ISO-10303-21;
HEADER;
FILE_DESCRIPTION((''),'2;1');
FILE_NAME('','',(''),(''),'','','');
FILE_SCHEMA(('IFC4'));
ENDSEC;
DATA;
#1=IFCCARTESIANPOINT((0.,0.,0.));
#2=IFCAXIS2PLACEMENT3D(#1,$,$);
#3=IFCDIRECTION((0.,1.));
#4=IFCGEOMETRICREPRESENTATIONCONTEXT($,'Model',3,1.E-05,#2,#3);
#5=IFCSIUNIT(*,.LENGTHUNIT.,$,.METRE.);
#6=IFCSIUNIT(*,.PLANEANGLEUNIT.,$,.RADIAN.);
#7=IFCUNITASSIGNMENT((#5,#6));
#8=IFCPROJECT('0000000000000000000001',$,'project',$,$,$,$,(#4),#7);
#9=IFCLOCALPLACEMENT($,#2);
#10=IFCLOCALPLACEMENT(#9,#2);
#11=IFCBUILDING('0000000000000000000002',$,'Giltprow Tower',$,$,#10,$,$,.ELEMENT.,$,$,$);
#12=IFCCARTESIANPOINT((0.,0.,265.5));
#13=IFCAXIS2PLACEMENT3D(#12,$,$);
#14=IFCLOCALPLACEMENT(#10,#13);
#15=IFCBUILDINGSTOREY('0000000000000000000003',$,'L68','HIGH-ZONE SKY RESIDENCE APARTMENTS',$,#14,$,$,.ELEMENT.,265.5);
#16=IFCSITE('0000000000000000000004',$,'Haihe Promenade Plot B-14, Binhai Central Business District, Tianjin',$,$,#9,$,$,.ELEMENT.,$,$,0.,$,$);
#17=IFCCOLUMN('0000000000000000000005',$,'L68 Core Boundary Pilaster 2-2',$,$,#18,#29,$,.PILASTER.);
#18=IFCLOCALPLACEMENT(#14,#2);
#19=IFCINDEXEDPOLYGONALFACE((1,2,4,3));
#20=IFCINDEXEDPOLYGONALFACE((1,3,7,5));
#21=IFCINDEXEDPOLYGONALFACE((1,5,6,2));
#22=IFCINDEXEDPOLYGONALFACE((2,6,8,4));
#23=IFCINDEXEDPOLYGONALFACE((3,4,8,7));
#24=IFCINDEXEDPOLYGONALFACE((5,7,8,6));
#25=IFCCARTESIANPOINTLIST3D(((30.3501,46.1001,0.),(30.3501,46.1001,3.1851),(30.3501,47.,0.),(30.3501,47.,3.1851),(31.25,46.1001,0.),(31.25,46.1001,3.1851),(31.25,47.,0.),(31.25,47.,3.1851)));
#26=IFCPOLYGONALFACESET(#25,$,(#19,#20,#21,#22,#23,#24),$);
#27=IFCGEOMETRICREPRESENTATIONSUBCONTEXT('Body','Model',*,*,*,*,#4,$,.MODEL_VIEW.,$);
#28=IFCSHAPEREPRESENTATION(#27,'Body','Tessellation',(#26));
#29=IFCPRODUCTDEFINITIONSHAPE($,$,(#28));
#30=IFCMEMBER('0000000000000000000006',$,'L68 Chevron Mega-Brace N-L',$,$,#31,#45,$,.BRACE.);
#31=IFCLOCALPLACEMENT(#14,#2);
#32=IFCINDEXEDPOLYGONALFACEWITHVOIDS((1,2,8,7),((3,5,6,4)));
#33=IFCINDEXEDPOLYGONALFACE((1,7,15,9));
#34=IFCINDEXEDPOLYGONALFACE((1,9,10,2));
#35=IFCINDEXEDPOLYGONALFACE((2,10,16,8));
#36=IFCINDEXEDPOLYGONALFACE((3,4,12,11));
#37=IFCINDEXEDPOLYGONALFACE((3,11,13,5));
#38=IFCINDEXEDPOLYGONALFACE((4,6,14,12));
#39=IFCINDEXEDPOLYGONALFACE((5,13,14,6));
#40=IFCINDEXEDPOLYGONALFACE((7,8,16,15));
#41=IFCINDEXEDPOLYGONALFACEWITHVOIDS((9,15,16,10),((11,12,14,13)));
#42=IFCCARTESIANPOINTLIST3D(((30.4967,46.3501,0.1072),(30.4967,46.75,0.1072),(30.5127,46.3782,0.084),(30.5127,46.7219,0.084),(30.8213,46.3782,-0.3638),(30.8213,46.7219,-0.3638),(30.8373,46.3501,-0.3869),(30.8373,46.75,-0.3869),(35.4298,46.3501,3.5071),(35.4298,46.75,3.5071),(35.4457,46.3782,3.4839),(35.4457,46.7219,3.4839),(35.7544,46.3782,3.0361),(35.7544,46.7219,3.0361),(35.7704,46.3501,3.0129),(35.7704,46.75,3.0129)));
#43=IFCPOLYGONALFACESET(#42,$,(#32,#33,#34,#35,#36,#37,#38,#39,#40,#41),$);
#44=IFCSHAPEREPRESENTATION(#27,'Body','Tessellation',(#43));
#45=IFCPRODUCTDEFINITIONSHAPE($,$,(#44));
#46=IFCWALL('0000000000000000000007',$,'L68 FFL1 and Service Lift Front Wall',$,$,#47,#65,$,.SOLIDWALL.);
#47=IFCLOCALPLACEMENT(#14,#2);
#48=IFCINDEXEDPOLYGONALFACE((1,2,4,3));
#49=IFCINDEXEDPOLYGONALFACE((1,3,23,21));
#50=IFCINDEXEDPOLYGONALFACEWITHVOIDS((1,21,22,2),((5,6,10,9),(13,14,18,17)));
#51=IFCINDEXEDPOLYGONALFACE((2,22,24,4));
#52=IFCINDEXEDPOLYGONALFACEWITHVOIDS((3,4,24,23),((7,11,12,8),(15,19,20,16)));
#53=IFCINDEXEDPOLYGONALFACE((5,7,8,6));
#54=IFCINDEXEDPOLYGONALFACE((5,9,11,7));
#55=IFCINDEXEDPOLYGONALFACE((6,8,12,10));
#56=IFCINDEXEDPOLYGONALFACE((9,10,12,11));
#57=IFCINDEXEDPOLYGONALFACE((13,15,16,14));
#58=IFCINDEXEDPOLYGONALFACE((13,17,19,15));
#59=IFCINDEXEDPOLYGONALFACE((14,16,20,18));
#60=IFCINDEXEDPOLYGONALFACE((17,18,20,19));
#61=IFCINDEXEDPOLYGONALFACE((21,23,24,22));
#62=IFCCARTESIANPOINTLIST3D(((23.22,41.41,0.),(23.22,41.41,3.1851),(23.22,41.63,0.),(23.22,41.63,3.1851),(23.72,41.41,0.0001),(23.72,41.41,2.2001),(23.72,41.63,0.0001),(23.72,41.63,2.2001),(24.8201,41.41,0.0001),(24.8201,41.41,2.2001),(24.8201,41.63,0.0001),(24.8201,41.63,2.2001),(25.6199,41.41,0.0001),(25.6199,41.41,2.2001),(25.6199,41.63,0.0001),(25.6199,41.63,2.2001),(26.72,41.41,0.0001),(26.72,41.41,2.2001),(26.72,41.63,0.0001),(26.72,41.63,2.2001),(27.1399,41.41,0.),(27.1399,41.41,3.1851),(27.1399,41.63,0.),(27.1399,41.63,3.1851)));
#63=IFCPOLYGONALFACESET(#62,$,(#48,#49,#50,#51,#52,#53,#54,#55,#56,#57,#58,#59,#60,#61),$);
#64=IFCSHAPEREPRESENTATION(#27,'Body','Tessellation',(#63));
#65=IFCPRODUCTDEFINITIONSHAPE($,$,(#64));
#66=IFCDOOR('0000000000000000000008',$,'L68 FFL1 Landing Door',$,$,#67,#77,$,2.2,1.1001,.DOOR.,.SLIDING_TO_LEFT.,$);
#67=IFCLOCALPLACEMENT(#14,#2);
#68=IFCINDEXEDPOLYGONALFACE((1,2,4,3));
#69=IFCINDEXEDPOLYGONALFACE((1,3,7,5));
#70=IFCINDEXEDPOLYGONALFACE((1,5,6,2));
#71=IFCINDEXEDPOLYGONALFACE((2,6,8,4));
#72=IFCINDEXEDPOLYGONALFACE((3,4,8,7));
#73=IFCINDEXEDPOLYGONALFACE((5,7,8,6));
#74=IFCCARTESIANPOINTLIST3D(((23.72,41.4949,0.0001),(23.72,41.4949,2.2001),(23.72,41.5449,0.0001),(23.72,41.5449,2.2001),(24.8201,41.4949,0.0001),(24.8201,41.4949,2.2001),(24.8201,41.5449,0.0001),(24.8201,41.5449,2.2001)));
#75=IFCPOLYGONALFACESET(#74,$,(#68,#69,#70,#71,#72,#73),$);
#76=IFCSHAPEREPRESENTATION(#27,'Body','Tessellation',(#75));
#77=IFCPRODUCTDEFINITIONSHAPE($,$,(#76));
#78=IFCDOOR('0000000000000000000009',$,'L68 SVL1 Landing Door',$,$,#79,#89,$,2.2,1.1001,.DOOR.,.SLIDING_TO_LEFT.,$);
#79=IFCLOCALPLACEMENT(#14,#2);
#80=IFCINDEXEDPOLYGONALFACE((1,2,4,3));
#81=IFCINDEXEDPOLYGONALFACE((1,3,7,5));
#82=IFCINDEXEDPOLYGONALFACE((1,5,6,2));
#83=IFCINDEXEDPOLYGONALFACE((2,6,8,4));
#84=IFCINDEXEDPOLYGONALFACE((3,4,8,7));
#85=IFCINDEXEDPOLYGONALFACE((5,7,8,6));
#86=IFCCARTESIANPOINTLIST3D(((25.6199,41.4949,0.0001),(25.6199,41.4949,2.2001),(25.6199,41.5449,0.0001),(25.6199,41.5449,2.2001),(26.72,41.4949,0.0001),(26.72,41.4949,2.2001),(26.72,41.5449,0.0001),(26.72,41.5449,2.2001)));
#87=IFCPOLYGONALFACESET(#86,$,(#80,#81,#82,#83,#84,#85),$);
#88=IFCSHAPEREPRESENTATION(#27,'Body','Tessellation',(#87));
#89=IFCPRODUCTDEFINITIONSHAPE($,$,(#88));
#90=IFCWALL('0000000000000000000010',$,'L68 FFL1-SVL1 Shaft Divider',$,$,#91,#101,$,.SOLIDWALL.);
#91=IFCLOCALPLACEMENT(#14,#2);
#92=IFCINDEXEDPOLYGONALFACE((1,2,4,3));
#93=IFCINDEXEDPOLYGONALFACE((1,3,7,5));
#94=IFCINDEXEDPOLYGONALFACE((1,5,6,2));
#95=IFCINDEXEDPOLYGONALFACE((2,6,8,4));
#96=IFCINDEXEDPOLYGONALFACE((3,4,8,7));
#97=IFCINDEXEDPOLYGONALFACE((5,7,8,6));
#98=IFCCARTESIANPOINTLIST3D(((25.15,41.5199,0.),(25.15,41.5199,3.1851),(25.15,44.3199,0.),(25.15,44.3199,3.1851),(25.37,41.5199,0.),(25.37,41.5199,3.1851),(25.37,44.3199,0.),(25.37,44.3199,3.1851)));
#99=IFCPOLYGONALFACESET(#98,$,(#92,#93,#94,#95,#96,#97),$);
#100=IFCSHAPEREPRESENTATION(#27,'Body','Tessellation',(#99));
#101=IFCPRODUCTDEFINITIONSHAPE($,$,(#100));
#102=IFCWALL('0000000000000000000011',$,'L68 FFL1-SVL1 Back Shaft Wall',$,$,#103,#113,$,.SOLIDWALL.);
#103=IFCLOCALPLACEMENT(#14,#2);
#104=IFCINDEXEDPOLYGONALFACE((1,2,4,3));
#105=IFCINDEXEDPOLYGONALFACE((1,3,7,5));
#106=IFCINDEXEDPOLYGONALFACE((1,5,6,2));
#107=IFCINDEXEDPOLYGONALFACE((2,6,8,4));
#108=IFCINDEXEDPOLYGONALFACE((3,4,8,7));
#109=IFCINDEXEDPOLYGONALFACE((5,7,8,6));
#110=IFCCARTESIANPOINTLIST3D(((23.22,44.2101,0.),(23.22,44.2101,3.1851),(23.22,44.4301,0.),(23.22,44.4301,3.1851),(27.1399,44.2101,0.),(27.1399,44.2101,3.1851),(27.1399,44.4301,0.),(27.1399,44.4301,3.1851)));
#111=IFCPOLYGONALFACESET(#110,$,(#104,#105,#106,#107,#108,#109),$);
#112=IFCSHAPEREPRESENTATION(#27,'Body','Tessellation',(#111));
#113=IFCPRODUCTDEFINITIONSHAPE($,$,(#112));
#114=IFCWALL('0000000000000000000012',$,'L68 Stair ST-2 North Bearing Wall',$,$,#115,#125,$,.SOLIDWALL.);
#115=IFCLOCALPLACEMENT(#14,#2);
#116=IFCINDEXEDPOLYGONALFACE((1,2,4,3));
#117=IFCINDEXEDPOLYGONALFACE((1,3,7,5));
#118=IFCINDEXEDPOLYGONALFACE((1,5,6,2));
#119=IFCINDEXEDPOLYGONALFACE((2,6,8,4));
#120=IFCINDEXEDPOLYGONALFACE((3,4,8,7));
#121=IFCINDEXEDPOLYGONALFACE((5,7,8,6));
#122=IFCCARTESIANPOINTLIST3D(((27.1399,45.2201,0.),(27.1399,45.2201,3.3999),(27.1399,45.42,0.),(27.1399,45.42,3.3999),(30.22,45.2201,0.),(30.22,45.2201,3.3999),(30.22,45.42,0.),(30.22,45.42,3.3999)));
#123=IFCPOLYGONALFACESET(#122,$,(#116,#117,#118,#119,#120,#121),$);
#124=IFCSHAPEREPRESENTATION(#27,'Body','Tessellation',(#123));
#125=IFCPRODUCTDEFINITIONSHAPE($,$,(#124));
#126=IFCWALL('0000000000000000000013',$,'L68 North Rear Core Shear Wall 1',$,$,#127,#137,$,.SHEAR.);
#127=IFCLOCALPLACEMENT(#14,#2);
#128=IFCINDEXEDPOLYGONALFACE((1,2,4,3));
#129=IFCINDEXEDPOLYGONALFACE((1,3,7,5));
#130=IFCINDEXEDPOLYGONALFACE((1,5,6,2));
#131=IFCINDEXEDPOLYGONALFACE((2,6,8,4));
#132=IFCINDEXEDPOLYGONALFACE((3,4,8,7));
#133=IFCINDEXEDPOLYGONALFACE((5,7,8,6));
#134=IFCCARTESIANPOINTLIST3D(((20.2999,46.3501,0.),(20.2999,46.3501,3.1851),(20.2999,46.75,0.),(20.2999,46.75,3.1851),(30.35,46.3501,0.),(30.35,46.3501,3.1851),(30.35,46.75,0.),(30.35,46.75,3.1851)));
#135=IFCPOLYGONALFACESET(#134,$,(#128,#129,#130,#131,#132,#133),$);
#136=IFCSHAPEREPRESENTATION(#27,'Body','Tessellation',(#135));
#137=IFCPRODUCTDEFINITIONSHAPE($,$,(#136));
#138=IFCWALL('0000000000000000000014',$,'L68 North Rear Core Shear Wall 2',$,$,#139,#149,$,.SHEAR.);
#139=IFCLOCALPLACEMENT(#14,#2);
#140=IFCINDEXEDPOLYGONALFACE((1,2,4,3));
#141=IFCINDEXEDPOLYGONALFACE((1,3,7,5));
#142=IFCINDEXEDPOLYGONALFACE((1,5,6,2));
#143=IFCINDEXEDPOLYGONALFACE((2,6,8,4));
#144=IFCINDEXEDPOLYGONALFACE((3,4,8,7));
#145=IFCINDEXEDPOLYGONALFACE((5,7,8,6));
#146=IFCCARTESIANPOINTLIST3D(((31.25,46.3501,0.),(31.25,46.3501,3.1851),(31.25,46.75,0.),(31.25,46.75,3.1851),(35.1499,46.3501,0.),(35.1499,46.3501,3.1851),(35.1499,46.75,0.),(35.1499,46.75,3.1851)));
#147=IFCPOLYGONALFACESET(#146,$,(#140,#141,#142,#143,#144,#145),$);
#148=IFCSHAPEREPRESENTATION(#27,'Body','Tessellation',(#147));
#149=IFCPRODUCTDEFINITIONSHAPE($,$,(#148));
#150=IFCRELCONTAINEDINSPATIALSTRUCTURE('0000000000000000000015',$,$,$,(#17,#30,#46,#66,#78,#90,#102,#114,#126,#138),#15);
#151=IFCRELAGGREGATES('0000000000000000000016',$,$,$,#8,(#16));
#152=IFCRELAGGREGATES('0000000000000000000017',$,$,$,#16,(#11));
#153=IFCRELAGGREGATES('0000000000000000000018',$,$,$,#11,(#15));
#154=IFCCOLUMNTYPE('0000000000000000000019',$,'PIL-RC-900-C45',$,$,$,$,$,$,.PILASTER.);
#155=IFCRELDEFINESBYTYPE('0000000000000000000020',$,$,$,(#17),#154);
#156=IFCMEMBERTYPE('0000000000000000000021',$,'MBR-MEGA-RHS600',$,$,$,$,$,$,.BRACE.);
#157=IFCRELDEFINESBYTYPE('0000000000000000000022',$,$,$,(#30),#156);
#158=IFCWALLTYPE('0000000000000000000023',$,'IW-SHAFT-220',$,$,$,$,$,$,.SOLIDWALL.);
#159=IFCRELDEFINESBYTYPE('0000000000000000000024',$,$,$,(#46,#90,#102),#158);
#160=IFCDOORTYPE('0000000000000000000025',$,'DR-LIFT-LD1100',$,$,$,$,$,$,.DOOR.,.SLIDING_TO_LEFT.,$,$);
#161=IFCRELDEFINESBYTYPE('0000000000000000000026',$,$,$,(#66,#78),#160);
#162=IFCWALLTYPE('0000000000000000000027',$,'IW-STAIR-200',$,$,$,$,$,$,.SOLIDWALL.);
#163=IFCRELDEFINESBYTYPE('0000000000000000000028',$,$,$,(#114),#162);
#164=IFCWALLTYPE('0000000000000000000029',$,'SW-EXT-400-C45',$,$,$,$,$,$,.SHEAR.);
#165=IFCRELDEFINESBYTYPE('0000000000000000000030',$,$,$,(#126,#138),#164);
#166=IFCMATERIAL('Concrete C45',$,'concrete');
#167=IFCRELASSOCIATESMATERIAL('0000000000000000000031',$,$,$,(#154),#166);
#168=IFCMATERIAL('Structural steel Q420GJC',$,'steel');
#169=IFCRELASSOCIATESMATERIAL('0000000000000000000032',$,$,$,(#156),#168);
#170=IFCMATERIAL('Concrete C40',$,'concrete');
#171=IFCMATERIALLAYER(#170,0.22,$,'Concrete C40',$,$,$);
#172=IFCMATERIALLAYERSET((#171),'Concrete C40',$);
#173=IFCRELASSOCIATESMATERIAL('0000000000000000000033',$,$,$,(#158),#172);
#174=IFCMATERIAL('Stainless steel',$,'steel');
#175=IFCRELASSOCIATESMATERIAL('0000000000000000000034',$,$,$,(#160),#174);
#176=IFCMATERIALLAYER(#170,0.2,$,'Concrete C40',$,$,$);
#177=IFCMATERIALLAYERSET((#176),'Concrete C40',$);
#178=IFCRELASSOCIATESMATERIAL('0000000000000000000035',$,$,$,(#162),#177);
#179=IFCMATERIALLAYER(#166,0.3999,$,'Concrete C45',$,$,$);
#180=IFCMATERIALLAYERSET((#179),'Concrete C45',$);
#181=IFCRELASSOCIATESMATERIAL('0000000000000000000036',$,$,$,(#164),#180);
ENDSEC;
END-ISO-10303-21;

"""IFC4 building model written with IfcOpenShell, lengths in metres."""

from ifc_helpers import new_model, si_unit, direction, frame, frame_2d, origin, origin_2d, place, context, subcontext, project, spatial, rectangle, hollow_rectangle, extrude, source, transform, mapped, material, layer, layer_set, material_profile, profile_set, type_object, element, fill, save


model = new_model("IFC4")

# Units and contexts
model_context = context("Model", 3, precision=1e-05, world=origin(), true_north=direction((0.0, 1.0)))
body_context = subcontext(model_context, "Body", "Model", "MODEL_VIEW")
ifc_project = project(units=[si_unit("LENGTHUNIT", "METRE"), si_unit("PLANEANGLEUNIT", "RADIAN")], contexts=[model_context])

# Site, building, storey
site_placement = place(None, origin())
site = spatial("IfcSite", under=ifc_project, at=site_placement, Name="Haihe Promenade Plot B-14, Binhai Central Business District, Tianjin", CompositionType="ELEMENT", RefElevation=0.0)
building_placement = place(site_placement, origin())
building = spatial("IfcBuilding", under=site, at=building_placement, Name="Giltprow Tower", CompositionType="ELEMENT")
storey_placement = place(building_placement, frame((0.0, 0.0, 265.5)))
storey = spatial("IfcBuildingStorey", under=building, at=storey_placement, Name="L68", Description="HIGH-ZONE SKY RESIDENCE APARTMENTS", CompositionType="ELEMENT", Elevation=265.5)

# Column
ifc_material_1 = material(Name="Concrete C45", Category="concrete")
ifc_material_profile_1 = material_profile(ifc_material_1, rectangle(XDim=0.8999, YDim=0.8999, at=origin_2d()), Name="RC 900x900")
ifc_profile_set_1 = profile_set([ifc_material_profile_1], Name="Concrete C45")
column_type = type_object("IfcColumnType", Name="PIL-RC-900-C45", PredefinedType="PILASTER", material=ifc_profile_set_1)
shared_shape_1 = source(origin(), body_context, "Body", "SweptSolid", [
    extrude(rectangle(XDim=0.8999, YDim=0.8999, at=origin_2d()), origin(), (0.0, 0.0, 1.0), 3.1851),
])
column_placement = place(storey_placement, frame((30.8, 46.55, 0.0), z_axis=(0.0, 0.0, 1.0), x_axis=(1.0, 0.0, 0.0)))
element("IfcColumn", 1, at=column_placement, inside=storey, type_object=column_type, Name="L68 Core Boundary Pilaster 2-2", PredefinedType="PILASTER", context=body_context, shape_type="MappedRepresentation", body=[
    mapped(shared_shape_1, transform((0.0, 0.0, 0.0), x_axis=(1.0, 0.0, 0.0), y_axis=(0.0, 1.0, 0.0), z_axis=(0.0, 0.0, 1.0), scale=1.0)),
])

# Member
ifc_material_2 = material(Name="Structural steel Q420GJC", Category="steel")
ifc_material_profile_2 = material_profile(ifc_material_2, hollow_rectangle(XDim=0.3999, YDim=0.6001, WallThickness=0.0281, at=origin_2d()), Name="RHS 600x400x28")
ifc_profile_set_2 = profile_set([ifc_material_profile_2], Name="Structural steel Q420GJC")
member_type = type_object("IfcMemberType", Name="MBR-MEGA-RHS600", PredefinedType="BRACE", material=ifc_profile_set_2)
shared_shape_2 = source(origin(), body_context, "Body", "SweptSolid", [
    extrude(hollow_rectangle(XDim=0.3999, YDim=0.6001, WallThickness=0.0281, at=origin_2d()), origin(), (0.0, 0.0, 1.0), 5.9912),
])
member_placement = place(storey_placement, frame((30.667, 46.55, -0.1399), z_axis=(0.823387, 0.0, 0.56748), x_axis=(0.0, 1.0, 0.0)))
element("IfcMember", 2, at=member_placement, inside=storey, type_object=member_type, Name="L68 Chevron Mega-Brace N-L", PredefinedType="BRACE", context=body_context, shape_type="MappedRepresentation", body=[
    mapped(shared_shape_2, transform((0.0, 0.0, 0.0), x_axis=(1.0, 0.0, 0.0), y_axis=(0.0, 1.0, 0.0), z_axis=(0.0, 0.0, 1.0), scale=1.0)),
])

# Wall, openings, doors
ifc_material_3 = material(Name="Concrete C40", Category="concrete")
ifc_layer_1 = layer(ifc_material_3, 0.22, Name="Concrete C40")
ifc_layer_set_1 = layer_set([ifc_layer_1], Name="Concrete C40")
wall_type_1 = type_object("IfcWallType", Name="IW-SHAFT-220", PredefinedType="SOLIDWALL", material=ifc_layer_set_1)
wall_1_placement = place(storey_placement, frame((23.22, 41.52, 0.0), z_axis=(0.0, 0.0, 1.0), x_axis=(1.0, 0.0, 0.0)))
wall_1 = element("IfcWall", 3, at=wall_1_placement, inside=storey, type_object=wall_type_1, Name="L68 FFL1 and Service Lift Front Wall", PredefinedType="SOLIDWALL", context=body_context, shape_type="SweptSolid", body=[
    extrude(rectangle(XDim=3.9199, YDim=0.22, at=frame_2d((1.96, 0.0))), origin(), (0.0, 0.0, 1.0), 3.1851),
])
opening_1_placement = place(wall_1_placement, frame((0.5, 0.0, 0.0)))
opening_1 = element("IfcOpeningElement", 4, at=opening_1_placement, cuts=wall_1, PredefinedType="OPENING", context=body_context, shape_type="SweptSolid", body=[
    extrude(rectangle(XDim=1.1001, YDim=2.2, at=frame_2d((0.55, 1.1001))), frame((0.0, 0.1199, 0.0), z_axis=(0.0, -1.0, 0.0), x_axis=(1.0, 0.0, 0.0)), (0.0, 0.0, 1.0), 0.24),
])
opening_2_placement = place(wall_1_placement, frame((2.3999, 0.0, 0.0)))
opening_2 = element("IfcOpeningElement", 5, at=opening_2_placement, cuts=wall_1, PredefinedType="OPENING", context=body_context, shape_type="SweptSolid", body=[
    extrude(rectangle(XDim=1.1001, YDim=2.2, at=frame_2d((0.55, 1.1001))), frame((0.0, 0.1199, 0.0), z_axis=(0.0, -1.0, 0.0), x_axis=(1.0, 0.0, 0.0)), (0.0, 0.0, 1.0), 0.24),
])
ifc_material_4 = material(Name="Stainless steel", Category="steel")
door_type = type_object("IfcDoorType", Name="DR-LIFT-LD1100", OperationType="SLIDING_TO_LEFT", PredefinedType="DOOR", material=ifc_material_4)
shared_shape_3 = source(origin(), body_context, "Body", "SweptSolid", [
    extrude(rectangle(XDim=1.1001, YDim=2.2, at=frame_2d((0.55, 1.1001))), frame((0.0, 0.0249, 0.0), z_axis=(0.0, -1.0, 0.0), x_axis=(1.0, 0.0, 0.0)), (0.0, 0.0, 1.0), 0.05),
])
door_1_placement = place(opening_1_placement, origin())
door_1 = element("IfcDoor", 6, at=door_1_placement, inside=storey, type_object=door_type, Name="L68 FFL1 Landing Door", OperationType="SLIDING_TO_LEFT", OverallHeight=2.2, OverallWidth=1.1001, PredefinedType="DOOR", context=body_context, shape_type="MappedRepresentation", body=[
    mapped(shared_shape_3, transform((0.0, 0.0, 0.0), x_axis=(1.0, 0.0, 0.0), y_axis=(0.0, 1.0, 0.0), z_axis=(0.0, 0.0, 1.0), scale=1.0)),
])
fill(opening_1, door_1)
door_2_placement = place(opening_2_placement, origin())
door_2 = element("IfcDoor", 7, at=door_2_placement, inside=storey, type_object=door_type, Name="L68 SVL1 Landing Door", OperationType="SLIDING_TO_LEFT", OverallHeight=2.2, OverallWidth=1.1001, PredefinedType="DOOR", context=body_context, shape_type="MappedRepresentation", body=[
    mapped(shared_shape_3, transform((0.0, 0.0, 0.0), x_axis=(1.0, 0.0, 0.0), y_axis=(0.0, 1.0, 0.0), z_axis=(0.0, 0.0, 1.0), scale=1.0)),
])
fill(opening_2, door_2)

# Walls
wall_2_placement = place(storey_placement, frame((25.26, 41.52, 0.0), z_axis=(0.0, 0.0, 1.0), x_axis=(0.0, 1.0, 0.0)))
element("IfcWall", 8, at=wall_2_placement, inside=storey, type_object=wall_type_1, Name="L68 FFL1-SVL1 Shaft Divider", PredefinedType="SOLIDWALL", context=body_context, shape_type="SweptSolid", body=[
    extrude(rectangle(XDim=2.8, YDim=0.22, at=frame_2d((1.3999, 0.0))), origin(), (0.0, 0.0, 1.0), 3.1851),
])
wall_3_placement = place(storey_placement, frame((23.22, 44.3201, 0.0), z_axis=(0.0, 0.0, 1.0), x_axis=(1.0, 0.0, 0.0)))
element("IfcWall", 9, at=wall_3_placement, inside=storey, type_object=wall_type_1, Name="L68 FFL1-SVL1 Back Shaft Wall", PredefinedType="SOLIDWALL", context=body_context, shape_type="SweptSolid", body=[
    extrude(rectangle(XDim=3.9199, YDim=0.22, at=frame_2d((1.96, 0.0))), origin(), (0.0, 0.0, 1.0), 3.1851),
])
ifc_layer_2 = layer(ifc_material_3, 0.2, Name="Concrete C40")
ifc_layer_set_2 = layer_set([ifc_layer_2], Name="Concrete C40")
wall_type_2 = type_object("IfcWallType", Name="IW-STAIR-200", PredefinedType="SOLIDWALL", material=ifc_layer_set_2)
wall_4_placement = place(storey_placement, frame((27.1399, 45.3201, 0.0), z_axis=(0.0, 0.0, 1.0), x_axis=(1.0, 0.0, 0.0)))
element("IfcWall", 10, at=wall_4_placement, inside=storey, type_object=wall_type_2, Name="L68 Stair ST-2 North Bearing Wall", PredefinedType="SOLIDWALL", context=body_context, shape_type="SweptSolid", body=[
    extrude(rectangle(XDim=3.0801, YDim=0.2, at=frame_2d((1.54, 0.0))), origin(), (0.0, 0.0, 1.0), 3.3999),
])
ifc_layer_3 = layer(ifc_material_1, 0.3999, Name="Concrete C45")
ifc_layer_set_3 = layer_set([ifc_layer_3], Name="Concrete C45")
wall_type_3 = type_object("IfcWallType", Name="SW-EXT-400-C45", PredefinedType="SHEAR", material=ifc_layer_set_3)
wall_5_placement = place(storey_placement, frame((20.3, 46.55, 0.0), z_axis=(0.0, 0.0, 1.0), x_axis=(1.0, 0.0, 0.0)))
element("IfcWall", 11, at=wall_5_placement, inside=storey, type_object=wall_type_3, Name="L68 North Rear Core Shear Wall 1", PredefinedType="SHEAR", context=body_context, shape_type="SweptSolid", body=[
    extrude(rectangle(XDim=10.05, YDim=0.3999, at=frame_2d((5.0249, 0.0))), origin(), (0.0, 0.0, 1.0), 3.1851),
])
wall_6_placement = place(storey_placement, frame((31.25, 46.55, 0.0), z_axis=(0.0, 0.0, 1.0), x_axis=(1.0, 0.0, 0.0)))
element("IfcWall", 12, at=wall_6_placement, inside=storey, type_object=wall_type_3, Name="L68 North Rear Core Shear Wall 2", PredefinedType="SHEAR", context=body_context, shape_type="SweptSolid", body=[
    extrude(rectangle(XDim=3.8999, YDim=0.3999, at=frame_2d((1.95, 0.0))), origin(), (0.0, 0.0, 1.0), 3.1851),
])

save(model, "model.ifc")
